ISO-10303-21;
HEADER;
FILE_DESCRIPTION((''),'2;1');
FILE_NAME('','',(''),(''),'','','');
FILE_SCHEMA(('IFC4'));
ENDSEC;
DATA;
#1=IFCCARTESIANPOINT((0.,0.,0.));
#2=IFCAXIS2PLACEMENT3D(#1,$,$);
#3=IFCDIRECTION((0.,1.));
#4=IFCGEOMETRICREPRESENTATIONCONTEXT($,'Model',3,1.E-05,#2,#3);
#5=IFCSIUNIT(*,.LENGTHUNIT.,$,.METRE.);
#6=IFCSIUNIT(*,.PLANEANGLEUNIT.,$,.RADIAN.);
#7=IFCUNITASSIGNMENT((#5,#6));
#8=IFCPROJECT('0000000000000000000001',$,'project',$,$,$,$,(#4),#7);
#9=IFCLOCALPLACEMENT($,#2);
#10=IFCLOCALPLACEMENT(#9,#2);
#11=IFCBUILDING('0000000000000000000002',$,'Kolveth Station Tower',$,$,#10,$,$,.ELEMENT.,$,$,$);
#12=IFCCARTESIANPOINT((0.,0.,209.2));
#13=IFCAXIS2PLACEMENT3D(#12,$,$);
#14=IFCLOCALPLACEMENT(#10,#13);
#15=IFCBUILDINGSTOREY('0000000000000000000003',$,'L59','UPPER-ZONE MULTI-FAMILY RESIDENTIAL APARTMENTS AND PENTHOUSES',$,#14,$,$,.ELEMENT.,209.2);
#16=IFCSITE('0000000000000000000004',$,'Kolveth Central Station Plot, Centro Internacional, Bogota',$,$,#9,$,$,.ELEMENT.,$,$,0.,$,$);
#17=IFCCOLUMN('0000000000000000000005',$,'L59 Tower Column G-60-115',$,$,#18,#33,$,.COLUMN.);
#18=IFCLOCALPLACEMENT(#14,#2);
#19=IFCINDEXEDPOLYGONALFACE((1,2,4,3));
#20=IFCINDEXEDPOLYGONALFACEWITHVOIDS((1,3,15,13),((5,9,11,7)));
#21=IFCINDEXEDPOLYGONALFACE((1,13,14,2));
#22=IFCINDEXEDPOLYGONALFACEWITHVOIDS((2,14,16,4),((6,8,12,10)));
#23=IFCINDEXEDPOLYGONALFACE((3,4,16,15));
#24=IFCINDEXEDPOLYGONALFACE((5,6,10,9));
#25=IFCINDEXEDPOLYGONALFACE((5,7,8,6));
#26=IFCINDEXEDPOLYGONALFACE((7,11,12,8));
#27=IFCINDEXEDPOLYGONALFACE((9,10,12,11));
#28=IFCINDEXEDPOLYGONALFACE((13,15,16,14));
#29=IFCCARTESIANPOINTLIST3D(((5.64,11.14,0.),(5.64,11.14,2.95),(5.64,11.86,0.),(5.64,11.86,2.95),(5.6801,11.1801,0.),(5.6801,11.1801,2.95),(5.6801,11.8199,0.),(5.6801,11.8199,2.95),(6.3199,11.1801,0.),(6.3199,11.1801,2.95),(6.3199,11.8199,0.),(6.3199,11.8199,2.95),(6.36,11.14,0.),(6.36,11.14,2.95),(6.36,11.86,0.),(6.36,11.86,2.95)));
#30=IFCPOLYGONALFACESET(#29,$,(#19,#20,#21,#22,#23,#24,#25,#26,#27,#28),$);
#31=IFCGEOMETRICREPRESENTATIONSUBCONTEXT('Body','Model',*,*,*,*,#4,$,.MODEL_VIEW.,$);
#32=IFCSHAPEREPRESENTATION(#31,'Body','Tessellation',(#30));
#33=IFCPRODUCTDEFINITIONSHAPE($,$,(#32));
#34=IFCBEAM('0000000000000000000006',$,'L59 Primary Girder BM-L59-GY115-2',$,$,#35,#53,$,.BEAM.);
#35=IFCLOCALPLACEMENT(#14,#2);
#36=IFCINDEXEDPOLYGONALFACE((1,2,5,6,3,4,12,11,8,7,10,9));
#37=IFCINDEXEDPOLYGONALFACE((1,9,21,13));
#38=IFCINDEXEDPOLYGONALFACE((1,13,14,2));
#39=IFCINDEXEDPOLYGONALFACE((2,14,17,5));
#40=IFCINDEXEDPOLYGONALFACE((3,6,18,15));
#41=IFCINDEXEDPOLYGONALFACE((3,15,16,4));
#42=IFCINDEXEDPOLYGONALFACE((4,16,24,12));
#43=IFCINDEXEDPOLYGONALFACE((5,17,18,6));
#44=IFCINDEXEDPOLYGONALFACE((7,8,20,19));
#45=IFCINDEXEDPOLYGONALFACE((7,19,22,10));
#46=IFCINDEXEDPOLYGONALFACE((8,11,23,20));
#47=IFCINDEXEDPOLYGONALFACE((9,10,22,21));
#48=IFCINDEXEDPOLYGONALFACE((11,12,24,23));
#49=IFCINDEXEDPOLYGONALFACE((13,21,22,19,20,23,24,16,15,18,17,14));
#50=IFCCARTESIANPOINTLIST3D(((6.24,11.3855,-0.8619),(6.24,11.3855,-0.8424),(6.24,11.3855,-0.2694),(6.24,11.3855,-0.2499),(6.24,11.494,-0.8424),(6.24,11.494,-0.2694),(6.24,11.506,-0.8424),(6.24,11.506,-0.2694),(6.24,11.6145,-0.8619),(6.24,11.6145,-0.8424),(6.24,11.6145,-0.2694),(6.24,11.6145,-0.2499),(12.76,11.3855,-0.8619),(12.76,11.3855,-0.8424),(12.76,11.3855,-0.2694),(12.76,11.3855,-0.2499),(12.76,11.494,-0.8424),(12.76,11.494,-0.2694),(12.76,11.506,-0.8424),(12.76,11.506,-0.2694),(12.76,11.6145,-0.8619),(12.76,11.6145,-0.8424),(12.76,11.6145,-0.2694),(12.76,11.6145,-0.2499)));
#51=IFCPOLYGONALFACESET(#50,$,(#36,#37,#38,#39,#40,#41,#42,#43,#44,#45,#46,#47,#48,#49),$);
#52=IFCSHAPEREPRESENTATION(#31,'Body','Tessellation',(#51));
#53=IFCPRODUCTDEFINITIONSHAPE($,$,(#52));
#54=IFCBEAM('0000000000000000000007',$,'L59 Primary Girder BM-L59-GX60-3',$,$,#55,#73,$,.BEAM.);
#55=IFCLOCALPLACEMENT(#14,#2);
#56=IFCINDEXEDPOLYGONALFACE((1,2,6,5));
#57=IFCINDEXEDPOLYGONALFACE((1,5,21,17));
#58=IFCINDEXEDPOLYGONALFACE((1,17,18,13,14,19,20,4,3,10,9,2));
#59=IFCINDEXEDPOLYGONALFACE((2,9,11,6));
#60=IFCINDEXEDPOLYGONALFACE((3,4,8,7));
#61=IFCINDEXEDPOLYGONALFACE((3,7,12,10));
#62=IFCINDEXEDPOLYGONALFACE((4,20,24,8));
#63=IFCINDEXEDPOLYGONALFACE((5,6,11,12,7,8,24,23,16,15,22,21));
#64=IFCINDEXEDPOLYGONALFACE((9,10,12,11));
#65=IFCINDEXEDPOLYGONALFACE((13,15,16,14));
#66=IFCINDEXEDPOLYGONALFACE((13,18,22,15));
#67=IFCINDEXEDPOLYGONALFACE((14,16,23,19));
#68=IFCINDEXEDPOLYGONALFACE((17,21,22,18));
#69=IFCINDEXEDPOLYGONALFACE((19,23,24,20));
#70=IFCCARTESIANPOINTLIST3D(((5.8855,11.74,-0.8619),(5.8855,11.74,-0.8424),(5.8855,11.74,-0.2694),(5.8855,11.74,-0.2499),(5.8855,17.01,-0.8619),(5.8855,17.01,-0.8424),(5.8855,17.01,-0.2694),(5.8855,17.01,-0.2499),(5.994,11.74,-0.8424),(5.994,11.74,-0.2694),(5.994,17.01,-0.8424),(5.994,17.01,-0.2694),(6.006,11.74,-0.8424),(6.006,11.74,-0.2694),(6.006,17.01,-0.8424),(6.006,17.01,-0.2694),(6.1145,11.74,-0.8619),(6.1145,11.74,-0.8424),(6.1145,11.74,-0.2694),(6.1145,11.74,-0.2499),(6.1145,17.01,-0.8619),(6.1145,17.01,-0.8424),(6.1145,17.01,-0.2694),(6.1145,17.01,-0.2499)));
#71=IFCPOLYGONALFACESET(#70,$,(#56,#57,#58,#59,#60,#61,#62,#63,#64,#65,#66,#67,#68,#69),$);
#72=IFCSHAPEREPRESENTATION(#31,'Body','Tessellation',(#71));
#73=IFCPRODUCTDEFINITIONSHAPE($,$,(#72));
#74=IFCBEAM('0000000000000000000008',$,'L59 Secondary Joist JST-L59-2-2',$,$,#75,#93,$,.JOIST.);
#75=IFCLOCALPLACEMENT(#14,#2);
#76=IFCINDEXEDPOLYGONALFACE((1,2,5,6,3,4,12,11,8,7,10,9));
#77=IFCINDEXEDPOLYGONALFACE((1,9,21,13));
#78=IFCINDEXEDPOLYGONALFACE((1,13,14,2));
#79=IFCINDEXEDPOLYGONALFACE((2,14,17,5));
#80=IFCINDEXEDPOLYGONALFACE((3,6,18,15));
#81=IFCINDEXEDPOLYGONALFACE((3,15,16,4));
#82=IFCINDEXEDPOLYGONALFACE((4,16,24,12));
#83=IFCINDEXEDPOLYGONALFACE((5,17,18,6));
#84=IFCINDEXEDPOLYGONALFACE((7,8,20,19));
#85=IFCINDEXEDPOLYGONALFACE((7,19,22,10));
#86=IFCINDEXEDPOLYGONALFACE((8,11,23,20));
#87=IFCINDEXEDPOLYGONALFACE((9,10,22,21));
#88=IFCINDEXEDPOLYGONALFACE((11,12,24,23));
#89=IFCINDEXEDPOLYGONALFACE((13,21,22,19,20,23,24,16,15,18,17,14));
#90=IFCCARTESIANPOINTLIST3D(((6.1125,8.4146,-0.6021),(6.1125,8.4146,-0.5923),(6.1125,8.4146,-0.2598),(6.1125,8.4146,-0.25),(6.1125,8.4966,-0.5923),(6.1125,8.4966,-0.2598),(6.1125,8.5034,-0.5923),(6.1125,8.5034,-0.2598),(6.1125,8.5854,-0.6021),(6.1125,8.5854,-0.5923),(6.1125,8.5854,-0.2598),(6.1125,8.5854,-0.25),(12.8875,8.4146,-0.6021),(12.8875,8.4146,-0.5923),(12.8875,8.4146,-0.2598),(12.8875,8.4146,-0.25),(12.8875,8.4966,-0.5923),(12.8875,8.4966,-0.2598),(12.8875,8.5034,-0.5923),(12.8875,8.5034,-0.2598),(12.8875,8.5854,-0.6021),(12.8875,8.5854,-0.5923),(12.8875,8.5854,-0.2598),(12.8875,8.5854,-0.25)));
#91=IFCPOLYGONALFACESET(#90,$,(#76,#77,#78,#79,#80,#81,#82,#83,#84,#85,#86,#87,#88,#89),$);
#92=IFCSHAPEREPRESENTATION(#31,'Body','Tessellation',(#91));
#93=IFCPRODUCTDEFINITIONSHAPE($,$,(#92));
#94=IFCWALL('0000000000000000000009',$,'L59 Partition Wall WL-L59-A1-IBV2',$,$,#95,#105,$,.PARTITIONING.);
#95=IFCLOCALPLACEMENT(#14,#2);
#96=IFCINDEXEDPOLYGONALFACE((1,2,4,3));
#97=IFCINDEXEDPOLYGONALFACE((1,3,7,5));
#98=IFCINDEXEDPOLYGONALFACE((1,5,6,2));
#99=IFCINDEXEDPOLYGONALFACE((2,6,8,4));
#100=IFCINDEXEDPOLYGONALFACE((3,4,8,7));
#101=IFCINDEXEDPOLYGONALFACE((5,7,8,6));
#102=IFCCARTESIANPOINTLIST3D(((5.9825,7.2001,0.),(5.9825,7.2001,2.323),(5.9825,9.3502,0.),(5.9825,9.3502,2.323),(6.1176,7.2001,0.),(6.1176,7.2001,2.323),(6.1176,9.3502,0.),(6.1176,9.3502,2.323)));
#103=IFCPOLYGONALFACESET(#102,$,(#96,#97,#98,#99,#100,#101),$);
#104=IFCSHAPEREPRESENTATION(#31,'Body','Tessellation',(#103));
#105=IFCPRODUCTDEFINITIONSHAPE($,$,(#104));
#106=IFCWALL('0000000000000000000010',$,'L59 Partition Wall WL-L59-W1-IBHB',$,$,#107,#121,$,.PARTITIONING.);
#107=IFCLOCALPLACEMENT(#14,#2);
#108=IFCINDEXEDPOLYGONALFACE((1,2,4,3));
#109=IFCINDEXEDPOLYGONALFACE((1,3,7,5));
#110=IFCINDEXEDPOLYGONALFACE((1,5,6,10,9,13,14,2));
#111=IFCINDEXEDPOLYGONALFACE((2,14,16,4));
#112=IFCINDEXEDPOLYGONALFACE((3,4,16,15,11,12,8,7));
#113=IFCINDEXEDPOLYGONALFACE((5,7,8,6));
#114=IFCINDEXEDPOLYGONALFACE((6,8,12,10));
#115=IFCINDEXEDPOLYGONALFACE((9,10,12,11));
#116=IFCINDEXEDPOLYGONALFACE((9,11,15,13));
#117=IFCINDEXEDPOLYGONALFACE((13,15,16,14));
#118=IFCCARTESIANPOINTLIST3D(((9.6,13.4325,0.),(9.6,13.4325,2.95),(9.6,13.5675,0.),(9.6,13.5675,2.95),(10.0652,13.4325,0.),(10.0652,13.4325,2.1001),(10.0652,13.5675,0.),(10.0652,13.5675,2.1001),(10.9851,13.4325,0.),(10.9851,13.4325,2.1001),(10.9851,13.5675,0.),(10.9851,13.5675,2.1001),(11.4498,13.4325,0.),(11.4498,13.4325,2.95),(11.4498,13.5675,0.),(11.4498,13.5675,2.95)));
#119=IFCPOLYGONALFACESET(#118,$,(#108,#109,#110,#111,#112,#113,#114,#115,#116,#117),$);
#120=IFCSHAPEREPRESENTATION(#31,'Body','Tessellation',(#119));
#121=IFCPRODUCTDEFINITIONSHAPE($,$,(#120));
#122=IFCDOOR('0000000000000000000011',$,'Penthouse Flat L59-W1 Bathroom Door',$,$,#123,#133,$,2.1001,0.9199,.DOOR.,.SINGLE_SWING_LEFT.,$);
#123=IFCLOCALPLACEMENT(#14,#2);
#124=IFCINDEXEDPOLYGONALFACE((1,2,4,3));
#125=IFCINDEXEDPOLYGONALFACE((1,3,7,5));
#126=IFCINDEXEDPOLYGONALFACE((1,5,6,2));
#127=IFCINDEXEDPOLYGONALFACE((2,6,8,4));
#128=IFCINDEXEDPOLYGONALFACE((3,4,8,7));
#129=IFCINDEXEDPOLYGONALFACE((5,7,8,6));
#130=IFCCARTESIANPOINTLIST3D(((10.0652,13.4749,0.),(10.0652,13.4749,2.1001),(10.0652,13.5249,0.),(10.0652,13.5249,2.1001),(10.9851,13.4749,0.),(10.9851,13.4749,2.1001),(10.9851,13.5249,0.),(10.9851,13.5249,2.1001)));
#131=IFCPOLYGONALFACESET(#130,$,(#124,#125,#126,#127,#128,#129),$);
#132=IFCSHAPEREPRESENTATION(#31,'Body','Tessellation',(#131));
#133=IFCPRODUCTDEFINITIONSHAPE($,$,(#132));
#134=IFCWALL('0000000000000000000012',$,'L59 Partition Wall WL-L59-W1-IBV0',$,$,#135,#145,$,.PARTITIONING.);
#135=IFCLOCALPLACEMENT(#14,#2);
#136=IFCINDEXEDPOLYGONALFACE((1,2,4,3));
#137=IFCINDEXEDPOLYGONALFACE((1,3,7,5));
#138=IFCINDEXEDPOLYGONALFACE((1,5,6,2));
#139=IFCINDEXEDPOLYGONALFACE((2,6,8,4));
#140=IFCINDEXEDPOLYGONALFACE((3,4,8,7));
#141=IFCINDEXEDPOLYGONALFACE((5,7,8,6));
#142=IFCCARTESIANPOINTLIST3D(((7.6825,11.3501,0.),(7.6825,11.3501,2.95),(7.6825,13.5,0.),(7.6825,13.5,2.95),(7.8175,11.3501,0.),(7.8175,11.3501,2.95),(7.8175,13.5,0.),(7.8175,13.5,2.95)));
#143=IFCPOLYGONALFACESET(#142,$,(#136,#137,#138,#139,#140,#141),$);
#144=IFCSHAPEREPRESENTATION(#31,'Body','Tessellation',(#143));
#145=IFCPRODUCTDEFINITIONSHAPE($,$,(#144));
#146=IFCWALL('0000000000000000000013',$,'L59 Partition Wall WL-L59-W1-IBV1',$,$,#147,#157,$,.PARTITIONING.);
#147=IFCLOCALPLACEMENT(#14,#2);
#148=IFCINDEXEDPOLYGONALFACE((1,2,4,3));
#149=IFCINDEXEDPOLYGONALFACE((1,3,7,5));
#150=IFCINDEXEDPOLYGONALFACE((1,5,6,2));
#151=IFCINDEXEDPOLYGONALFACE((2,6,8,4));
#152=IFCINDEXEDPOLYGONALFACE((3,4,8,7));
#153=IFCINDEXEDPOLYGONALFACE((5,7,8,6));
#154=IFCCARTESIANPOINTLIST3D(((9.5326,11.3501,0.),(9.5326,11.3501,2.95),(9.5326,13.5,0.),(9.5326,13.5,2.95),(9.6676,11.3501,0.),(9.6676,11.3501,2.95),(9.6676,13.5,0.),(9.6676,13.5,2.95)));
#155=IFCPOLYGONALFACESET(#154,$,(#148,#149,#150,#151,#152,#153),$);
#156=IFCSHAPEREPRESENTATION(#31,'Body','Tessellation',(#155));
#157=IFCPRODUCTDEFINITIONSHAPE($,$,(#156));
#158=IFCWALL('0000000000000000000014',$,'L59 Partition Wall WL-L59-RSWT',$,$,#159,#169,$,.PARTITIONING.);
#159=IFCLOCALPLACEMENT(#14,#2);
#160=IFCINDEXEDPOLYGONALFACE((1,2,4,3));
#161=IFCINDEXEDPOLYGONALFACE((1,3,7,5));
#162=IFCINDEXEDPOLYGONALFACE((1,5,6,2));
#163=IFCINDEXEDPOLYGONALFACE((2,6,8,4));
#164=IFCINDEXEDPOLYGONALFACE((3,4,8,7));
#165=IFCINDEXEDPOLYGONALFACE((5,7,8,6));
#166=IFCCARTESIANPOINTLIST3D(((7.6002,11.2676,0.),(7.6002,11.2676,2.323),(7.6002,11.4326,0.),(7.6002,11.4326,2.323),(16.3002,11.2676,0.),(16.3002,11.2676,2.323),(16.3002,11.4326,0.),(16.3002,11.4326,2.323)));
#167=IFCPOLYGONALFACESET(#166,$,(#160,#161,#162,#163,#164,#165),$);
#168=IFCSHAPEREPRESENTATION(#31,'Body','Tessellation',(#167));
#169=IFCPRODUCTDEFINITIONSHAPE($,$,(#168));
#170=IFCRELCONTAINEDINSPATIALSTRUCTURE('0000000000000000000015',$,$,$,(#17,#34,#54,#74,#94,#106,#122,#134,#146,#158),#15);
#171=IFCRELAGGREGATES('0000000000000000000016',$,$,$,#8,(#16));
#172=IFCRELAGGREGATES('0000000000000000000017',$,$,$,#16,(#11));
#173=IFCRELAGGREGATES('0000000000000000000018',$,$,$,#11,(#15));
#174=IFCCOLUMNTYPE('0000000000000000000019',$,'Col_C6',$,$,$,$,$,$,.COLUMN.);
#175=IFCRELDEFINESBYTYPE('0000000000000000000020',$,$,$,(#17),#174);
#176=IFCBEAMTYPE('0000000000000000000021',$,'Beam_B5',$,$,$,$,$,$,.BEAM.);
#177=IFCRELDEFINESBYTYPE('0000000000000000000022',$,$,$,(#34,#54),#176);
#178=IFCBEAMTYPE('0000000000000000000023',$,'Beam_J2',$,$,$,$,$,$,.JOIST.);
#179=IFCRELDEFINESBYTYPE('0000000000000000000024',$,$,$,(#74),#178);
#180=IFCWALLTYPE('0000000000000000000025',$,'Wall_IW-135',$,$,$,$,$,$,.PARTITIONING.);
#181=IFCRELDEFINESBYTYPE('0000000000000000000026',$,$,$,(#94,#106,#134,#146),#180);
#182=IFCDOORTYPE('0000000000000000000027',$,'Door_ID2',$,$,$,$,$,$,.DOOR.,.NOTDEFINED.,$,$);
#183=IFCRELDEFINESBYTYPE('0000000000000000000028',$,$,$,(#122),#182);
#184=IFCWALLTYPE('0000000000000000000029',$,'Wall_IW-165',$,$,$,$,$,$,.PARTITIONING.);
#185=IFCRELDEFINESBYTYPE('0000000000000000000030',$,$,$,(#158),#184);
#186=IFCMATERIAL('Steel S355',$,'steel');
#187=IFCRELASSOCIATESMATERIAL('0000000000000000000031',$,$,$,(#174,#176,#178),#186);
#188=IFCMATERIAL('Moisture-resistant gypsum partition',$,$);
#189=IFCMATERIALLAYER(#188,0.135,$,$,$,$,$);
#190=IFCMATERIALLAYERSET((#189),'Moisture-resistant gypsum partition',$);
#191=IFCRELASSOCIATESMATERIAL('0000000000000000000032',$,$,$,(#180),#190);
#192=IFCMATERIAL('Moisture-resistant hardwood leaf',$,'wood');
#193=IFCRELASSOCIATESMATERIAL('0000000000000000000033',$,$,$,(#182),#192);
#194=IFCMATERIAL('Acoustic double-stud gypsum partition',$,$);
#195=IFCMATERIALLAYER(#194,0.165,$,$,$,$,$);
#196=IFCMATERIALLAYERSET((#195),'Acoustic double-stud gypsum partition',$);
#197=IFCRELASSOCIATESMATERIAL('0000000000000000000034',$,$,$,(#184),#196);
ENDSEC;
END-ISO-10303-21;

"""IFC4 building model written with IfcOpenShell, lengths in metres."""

from ifc_helpers import new_model, si_unit, direction, frame, frame_2d, origin, origin_2d, place, context, subcontext, project, spatial, rectangle, hollow_rectangle, i_section, extrude, source, transform, mapped, material, layer, layer_set, material_profile, profile_set, type_object, element, fill, save


model = new_model("IFC4")

# Units and contexts
model_context = context("Model", 3, precision=1e-05, world=origin(), true_north=direction((0.0, 1.0)))
body_context = subcontext(model_context, "Body", "Model", "MODEL_VIEW")
ifc_project = project(units=[si_unit("LENGTHUNIT", "METRE"), si_unit("PLANEANGLEUNIT", "RADIAN")], contexts=[model_context])

# Site, building, storey
site_placement = place(None, origin())
site = spatial("IfcSite", under=ifc_project, at=site_placement, Name="Kolveth Central Station Plot, Centro Internacional, Bogota", CompositionType="ELEMENT", RefElevation=0.0)
building_placement = place(site_placement, origin())
building = spatial("IfcBuilding", under=site, at=building_placement, Name="Kolveth Station Tower", CompositionType="ELEMENT")
storey_placement = place(building_placement, frame((0.0, 0.0, 209.2)))
storey = spatial("IfcBuildingStorey", under=building, at=storey_placement, Name="L59", Description="UPPER-ZONE MULTI-FAMILY RESIDENTIAL APARTMENTS AND PENTHOUSES", CompositionType="ELEMENT", Elevation=209.2)

# Column
ifc_material_1 = material(Name="Steel S355", Category="steel")
ifc_material_profile_1 = material_profile(ifc_material_1, hollow_rectangle(XDim=0.72, YDim=0.72, WallThickness=0.04, at=origin_2d()), Name="BOX720x720x40")
ifc_profile_set_1 = profile_set([ifc_material_profile_1], Name="Steel S355")
column_type = type_object("IfcColumnType", Name="Col_C6", PredefinedType="COLUMN", material=ifc_profile_set_1)
shared_shape_1 = source(origin(), body_context, "Body", "SweptSolid", [
    extrude(hollow_rectangle(XDim=0.72, YDim=0.72, WallThickness=0.04, at=origin_2d()), origin(), (0.0, 0.0, 1.0), 2.95),
])
column_placement = place(storey_placement, frame((6.0, 11.5, 0.0), z_axis=(0.0, 0.0, 1.0), x_axis=(1.0, 0.0, 0.0)))
element("IfcColumn", 1, at=column_placement, inside=storey, type_object=column_type, Name="L59 Tower Column G-60-115", PredefinedType="COLUMN", context=body_context, shape_type="MappedRepresentation", body=[
    mapped(shared_shape_1, transform((0.0, 0.0, 0.0), x_axis=(1.0, 0.0, 0.0), y_axis=(0.0, 1.0, 0.0), z_axis=(0.0, 0.0, 1.0), scale=1.0)),
])

# Beams
ifc_material_profile_2 = material_profile(ifc_material_1, i_section(OverallWidth=0.229, OverallDepth=0.6121, WebThickness=0.012, FlangeThickness=0.0195, at=origin_2d()), Name="W610x125")
ifc_profile_set_2 = profile_set([ifc_material_profile_2], Name="Steel S355")
beam_type_1 = type_object("IfcBeamType", Name="Beam_B5", PredefinedType="BEAM", material=ifc_profile_set_2)
shared_shape_2 = source(origin(), body_context, "Body", "SweptSolid", [
    extrude(i_section(OverallWidth=0.229, OverallDepth=0.6121, WebThickness=0.012, FlangeThickness=0.0195, at=origin_2d()), origin(), (0.0, 0.0, 1.0), 6.52),
])
beam_1_placement = place(storey_placement, frame((6.24, 11.5, -0.5559), z_axis=(1.0, 0.0, 0.0), x_axis=(0.0, 1.0, 0.0)))
element("IfcBeam", 2, at=beam_1_placement, inside=storey, type_object=beam_type_1, Name="L59 Primary Girder BM-L59-GY115-2", PredefinedType="BEAM", context=body_context, shape_type="MappedRepresentation", body=[
    mapped(shared_shape_2, transform((0.0, 0.0, 0.0), x_axis=(1.0, 0.0, 0.0), y_axis=(0.0, 1.0, 0.0), z_axis=(0.0, 0.0, 1.0), scale=1.0)),
])
shared_shape_3 = source(origin(), body_context, "Body", "SweptSolid", [
    extrude(i_section(OverallWidth=0.229, OverallDepth=0.6121, WebThickness=0.012, FlangeThickness=0.0195, at=origin_2d()), origin(), (0.0, 0.0, 1.0), 5.27),
])
beam_2_placement = place(storey_placement, frame((6.0, 11.74, -0.5559), z_axis=(0.0, 1.0, 0.0), x_axis=(-1.0, 0.0, 0.0)))
element("IfcBeam", 3, at=beam_2_placement, inside=storey, type_object=beam_type_1, Name="L59 Primary Girder BM-L59-GX60-3", PredefinedType="BEAM", context=body_context, shape_type="MappedRepresentation", body=[
    mapped(shared_shape_3, transform((0.0, 0.0, 0.0), x_axis=(1.0, 0.0, 0.0), y_axis=(0.0, 1.0, 0.0), z_axis=(0.0, 0.0, 1.0), scale=1.0)),
])
ifc_material_profile_3 = material_profile(ifc_material_1, i_section(OverallWidth=0.1709, OverallDepth=0.3521, WebThickness=0.0068, FlangeThickness=0.0098, at=origin_2d()), Name="W360x44")
ifc_profile_set_3 = profile_set([ifc_material_profile_3], Name="Steel S355")
beam_type_2 = type_object("IfcBeamType", Name="Beam_J2", PredefinedType="JOIST", material=ifc_profile_set_3)
shared_shape_4 = source(origin(), body_context, "Body", "SweptSolid", [
    extrude(i_section(OverallWidth=0.1709, OverallDepth=0.3521, WebThickness=0.0068, FlangeThickness=0.0098, at=origin_2d()), origin(), (0.0, 0.0, 1.0), 6.7749),
])
beam_3_placement = place(storey_placement, frame((6.1125, 8.5, -0.426), z_axis=(1.0, 0.0, 0.0), x_axis=(0.0, 1.0, 0.0)))
element("IfcBeam", 4, at=beam_3_placement, inside=storey, type_object=beam_type_2, Name="L59 Secondary Joist JST-L59-2-2", PredefinedType="JOIST", context=body_context, shape_type="MappedRepresentation", body=[
    mapped(shared_shape_4, transform((0.0, 0.0, 0.0), x_axis=(1.0, 0.0, 0.0), y_axis=(0.0, 1.0, 0.0), z_axis=(0.0, 0.0, 1.0), scale=1.0)),
])

# Wall
ifc_material_2 = material(Name="Moisture-resistant gypsum partition")
ifc_layer_1 = layer(ifc_material_2, 0.135)
ifc_layer_set_1 = layer_set([ifc_layer_1], Name="Moisture-resistant gypsum partition")
wall_type_1 = type_object("IfcWallType", Name="Wall_IW-135", PredefinedType="PARTITIONING", material=ifc_layer_set_1)
wall_1_placement = place(storey_placement, frame((6.05, 7.2, 0.0), z_axis=(0.0, 0.0, 1.0), x_axis=(0.0, 1.0, 0.0)))
element("IfcWall", 5, at=wall_1_placement, inside=storey, type_object=wall_type_1, Name="L59 Partition Wall WL-L59-A1-IBV2", PredefinedType="PARTITIONING", context=body_context, shape_type="SweptSolid", body=[
    extrude(rectangle(XDim=2.1501, YDim=0.135, at=frame_2d((1.0752, 0.0))), origin(), (0.0, 0.0, 1.0), 2.323),
])

# Wall, opening, door
wall_2_placement = place(storey_placement, frame((9.6001, 13.5, 0.0), z_axis=(0.0, 0.0, 1.0), x_axis=(1.0, 0.0, 0.0)))
wall_2 = element("IfcWall", 6, at=wall_2_placement, inside=storey, type_object=wall_type_1, Name="L59 Partition Wall WL-L59-W1-IBHB", PredefinedType="PARTITIONING", context=body_context, shape_type="SweptSolid", body=[
    extrude(rectangle(XDim=1.8499, YDim=0.135, at=frame_2d((0.9248, 0.0))), origin(), (0.0, 0.0, 1.0), 2.95),
])
opening_1_placement = place(wall_2_placement, frame((0.4651, 0.0, 0.0)))
opening_1 = element("IfcOpeningElement", 7, at=opening_1_placement, cuts=wall_2, PredefinedType="OPENING", context=body_context, shape_type="SweptSolid", body=[
    extrude(rectangle(XDim=0.9199, YDim=2.1001, at=frame_2d((0.46, 1.05))), frame((0.0, 0.0774, 0.0), z_axis=(0.0, -1.0, 0.0), x_axis=(1.0, 0.0, 0.0)), (0.0, 0.0, 1.0), 0.155),
])
ifc_material_3 = material(Name="Moisture-resistant hardwood leaf", Category="wood")
door_type_1 = type_object("IfcDoorType", Name="Door_ID2", OperationType="NOTDEFINED", PredefinedType="DOOR", material=ifc_material_3)
door_1_placement = place(opening_1_placement, origin())
door_1 = element("IfcDoor", 8, at=door_1_placement, inside=storey, type_object=door_type_1, Name="Penthouse Flat L59-W1 Bathroom Door", OperationType="SINGLE_SWING_LEFT", OverallHeight=2.1001, OverallWidth=0.9199, PredefinedType="DOOR", context=body_context, shape_type="SweptSolid", body=[
    extrude(rectangle(XDim=0.9199, YDim=2.1001, at=frame_2d((0.46, 1.05))), frame((0.0, 0.0249, 0.0), z_axis=(0.0, -1.0, 0.0), x_axis=(1.0, 0.0, 0.0)), (0.0, 0.0, 1.0), 0.05),
])
fill(opening_1, door_1)

# Walls
for number, where, z_axis, x_axis, name in (
    (9, (7.75, 11.3501, 0.0), (0.0, 0.0, 1.0), (0.0, 1.0, 0.0), "L59 Partition Wall WL-L59-W1-IBV0"),
    (10, (9.6001, 11.3501, 0.0), (0.0, 0.0, 1.0), (0.0, 1.0, 0.0), "L59 Partition Wall WL-L59-W1-IBV1"),
):
    element("IfcWall", number, at=place(storey_placement, frame(where, z_axis=z_axis, x_axis=x_axis)), inside=storey, type_object=wall_type_1, Name=name, PredefinedType="PARTITIONING", context=body_context, shape_type="SweptSolid", body=[
        extrude(rectangle(XDim=2.1499, YDim=0.135, at=frame_2d((1.075, 0.0))), origin(), (0.0, 0.0, 1.0), 2.95),
    ])
ifc_material_4 = material(Name="Acoustic double-stud gypsum partition")
ifc_layer_2 = layer(ifc_material_4, 0.165)
ifc_layer_set_2 = layer_set([ifc_layer_2], Name="Acoustic double-stud gypsum partition")
wall_type_2 = type_object("IfcWallType", Name="Wall_IW-165", PredefinedType="PARTITIONING", material=ifc_layer_set_2)
wall_3_placement = place(storey_placement, frame((7.6001, 11.3501, 0.0), z_axis=(0.0, 0.0, 1.0), x_axis=(1.0, 0.0, 0.0)))
element("IfcWall", 11, at=wall_3_placement, inside=storey, type_object=wall_type_2, Name="L59 Partition Wall WL-L59-RSWT", PredefinedType="PARTITIONING", context=body_context, shape_type="SweptSolid", body=[
    extrude(rectangle(XDim=8.7, YDim=0.165, at=frame_2d((4.3501, 0.0))), origin(), (0.0, 0.0, 1.0), 2.323),
])

save(model, "model.ifc")
